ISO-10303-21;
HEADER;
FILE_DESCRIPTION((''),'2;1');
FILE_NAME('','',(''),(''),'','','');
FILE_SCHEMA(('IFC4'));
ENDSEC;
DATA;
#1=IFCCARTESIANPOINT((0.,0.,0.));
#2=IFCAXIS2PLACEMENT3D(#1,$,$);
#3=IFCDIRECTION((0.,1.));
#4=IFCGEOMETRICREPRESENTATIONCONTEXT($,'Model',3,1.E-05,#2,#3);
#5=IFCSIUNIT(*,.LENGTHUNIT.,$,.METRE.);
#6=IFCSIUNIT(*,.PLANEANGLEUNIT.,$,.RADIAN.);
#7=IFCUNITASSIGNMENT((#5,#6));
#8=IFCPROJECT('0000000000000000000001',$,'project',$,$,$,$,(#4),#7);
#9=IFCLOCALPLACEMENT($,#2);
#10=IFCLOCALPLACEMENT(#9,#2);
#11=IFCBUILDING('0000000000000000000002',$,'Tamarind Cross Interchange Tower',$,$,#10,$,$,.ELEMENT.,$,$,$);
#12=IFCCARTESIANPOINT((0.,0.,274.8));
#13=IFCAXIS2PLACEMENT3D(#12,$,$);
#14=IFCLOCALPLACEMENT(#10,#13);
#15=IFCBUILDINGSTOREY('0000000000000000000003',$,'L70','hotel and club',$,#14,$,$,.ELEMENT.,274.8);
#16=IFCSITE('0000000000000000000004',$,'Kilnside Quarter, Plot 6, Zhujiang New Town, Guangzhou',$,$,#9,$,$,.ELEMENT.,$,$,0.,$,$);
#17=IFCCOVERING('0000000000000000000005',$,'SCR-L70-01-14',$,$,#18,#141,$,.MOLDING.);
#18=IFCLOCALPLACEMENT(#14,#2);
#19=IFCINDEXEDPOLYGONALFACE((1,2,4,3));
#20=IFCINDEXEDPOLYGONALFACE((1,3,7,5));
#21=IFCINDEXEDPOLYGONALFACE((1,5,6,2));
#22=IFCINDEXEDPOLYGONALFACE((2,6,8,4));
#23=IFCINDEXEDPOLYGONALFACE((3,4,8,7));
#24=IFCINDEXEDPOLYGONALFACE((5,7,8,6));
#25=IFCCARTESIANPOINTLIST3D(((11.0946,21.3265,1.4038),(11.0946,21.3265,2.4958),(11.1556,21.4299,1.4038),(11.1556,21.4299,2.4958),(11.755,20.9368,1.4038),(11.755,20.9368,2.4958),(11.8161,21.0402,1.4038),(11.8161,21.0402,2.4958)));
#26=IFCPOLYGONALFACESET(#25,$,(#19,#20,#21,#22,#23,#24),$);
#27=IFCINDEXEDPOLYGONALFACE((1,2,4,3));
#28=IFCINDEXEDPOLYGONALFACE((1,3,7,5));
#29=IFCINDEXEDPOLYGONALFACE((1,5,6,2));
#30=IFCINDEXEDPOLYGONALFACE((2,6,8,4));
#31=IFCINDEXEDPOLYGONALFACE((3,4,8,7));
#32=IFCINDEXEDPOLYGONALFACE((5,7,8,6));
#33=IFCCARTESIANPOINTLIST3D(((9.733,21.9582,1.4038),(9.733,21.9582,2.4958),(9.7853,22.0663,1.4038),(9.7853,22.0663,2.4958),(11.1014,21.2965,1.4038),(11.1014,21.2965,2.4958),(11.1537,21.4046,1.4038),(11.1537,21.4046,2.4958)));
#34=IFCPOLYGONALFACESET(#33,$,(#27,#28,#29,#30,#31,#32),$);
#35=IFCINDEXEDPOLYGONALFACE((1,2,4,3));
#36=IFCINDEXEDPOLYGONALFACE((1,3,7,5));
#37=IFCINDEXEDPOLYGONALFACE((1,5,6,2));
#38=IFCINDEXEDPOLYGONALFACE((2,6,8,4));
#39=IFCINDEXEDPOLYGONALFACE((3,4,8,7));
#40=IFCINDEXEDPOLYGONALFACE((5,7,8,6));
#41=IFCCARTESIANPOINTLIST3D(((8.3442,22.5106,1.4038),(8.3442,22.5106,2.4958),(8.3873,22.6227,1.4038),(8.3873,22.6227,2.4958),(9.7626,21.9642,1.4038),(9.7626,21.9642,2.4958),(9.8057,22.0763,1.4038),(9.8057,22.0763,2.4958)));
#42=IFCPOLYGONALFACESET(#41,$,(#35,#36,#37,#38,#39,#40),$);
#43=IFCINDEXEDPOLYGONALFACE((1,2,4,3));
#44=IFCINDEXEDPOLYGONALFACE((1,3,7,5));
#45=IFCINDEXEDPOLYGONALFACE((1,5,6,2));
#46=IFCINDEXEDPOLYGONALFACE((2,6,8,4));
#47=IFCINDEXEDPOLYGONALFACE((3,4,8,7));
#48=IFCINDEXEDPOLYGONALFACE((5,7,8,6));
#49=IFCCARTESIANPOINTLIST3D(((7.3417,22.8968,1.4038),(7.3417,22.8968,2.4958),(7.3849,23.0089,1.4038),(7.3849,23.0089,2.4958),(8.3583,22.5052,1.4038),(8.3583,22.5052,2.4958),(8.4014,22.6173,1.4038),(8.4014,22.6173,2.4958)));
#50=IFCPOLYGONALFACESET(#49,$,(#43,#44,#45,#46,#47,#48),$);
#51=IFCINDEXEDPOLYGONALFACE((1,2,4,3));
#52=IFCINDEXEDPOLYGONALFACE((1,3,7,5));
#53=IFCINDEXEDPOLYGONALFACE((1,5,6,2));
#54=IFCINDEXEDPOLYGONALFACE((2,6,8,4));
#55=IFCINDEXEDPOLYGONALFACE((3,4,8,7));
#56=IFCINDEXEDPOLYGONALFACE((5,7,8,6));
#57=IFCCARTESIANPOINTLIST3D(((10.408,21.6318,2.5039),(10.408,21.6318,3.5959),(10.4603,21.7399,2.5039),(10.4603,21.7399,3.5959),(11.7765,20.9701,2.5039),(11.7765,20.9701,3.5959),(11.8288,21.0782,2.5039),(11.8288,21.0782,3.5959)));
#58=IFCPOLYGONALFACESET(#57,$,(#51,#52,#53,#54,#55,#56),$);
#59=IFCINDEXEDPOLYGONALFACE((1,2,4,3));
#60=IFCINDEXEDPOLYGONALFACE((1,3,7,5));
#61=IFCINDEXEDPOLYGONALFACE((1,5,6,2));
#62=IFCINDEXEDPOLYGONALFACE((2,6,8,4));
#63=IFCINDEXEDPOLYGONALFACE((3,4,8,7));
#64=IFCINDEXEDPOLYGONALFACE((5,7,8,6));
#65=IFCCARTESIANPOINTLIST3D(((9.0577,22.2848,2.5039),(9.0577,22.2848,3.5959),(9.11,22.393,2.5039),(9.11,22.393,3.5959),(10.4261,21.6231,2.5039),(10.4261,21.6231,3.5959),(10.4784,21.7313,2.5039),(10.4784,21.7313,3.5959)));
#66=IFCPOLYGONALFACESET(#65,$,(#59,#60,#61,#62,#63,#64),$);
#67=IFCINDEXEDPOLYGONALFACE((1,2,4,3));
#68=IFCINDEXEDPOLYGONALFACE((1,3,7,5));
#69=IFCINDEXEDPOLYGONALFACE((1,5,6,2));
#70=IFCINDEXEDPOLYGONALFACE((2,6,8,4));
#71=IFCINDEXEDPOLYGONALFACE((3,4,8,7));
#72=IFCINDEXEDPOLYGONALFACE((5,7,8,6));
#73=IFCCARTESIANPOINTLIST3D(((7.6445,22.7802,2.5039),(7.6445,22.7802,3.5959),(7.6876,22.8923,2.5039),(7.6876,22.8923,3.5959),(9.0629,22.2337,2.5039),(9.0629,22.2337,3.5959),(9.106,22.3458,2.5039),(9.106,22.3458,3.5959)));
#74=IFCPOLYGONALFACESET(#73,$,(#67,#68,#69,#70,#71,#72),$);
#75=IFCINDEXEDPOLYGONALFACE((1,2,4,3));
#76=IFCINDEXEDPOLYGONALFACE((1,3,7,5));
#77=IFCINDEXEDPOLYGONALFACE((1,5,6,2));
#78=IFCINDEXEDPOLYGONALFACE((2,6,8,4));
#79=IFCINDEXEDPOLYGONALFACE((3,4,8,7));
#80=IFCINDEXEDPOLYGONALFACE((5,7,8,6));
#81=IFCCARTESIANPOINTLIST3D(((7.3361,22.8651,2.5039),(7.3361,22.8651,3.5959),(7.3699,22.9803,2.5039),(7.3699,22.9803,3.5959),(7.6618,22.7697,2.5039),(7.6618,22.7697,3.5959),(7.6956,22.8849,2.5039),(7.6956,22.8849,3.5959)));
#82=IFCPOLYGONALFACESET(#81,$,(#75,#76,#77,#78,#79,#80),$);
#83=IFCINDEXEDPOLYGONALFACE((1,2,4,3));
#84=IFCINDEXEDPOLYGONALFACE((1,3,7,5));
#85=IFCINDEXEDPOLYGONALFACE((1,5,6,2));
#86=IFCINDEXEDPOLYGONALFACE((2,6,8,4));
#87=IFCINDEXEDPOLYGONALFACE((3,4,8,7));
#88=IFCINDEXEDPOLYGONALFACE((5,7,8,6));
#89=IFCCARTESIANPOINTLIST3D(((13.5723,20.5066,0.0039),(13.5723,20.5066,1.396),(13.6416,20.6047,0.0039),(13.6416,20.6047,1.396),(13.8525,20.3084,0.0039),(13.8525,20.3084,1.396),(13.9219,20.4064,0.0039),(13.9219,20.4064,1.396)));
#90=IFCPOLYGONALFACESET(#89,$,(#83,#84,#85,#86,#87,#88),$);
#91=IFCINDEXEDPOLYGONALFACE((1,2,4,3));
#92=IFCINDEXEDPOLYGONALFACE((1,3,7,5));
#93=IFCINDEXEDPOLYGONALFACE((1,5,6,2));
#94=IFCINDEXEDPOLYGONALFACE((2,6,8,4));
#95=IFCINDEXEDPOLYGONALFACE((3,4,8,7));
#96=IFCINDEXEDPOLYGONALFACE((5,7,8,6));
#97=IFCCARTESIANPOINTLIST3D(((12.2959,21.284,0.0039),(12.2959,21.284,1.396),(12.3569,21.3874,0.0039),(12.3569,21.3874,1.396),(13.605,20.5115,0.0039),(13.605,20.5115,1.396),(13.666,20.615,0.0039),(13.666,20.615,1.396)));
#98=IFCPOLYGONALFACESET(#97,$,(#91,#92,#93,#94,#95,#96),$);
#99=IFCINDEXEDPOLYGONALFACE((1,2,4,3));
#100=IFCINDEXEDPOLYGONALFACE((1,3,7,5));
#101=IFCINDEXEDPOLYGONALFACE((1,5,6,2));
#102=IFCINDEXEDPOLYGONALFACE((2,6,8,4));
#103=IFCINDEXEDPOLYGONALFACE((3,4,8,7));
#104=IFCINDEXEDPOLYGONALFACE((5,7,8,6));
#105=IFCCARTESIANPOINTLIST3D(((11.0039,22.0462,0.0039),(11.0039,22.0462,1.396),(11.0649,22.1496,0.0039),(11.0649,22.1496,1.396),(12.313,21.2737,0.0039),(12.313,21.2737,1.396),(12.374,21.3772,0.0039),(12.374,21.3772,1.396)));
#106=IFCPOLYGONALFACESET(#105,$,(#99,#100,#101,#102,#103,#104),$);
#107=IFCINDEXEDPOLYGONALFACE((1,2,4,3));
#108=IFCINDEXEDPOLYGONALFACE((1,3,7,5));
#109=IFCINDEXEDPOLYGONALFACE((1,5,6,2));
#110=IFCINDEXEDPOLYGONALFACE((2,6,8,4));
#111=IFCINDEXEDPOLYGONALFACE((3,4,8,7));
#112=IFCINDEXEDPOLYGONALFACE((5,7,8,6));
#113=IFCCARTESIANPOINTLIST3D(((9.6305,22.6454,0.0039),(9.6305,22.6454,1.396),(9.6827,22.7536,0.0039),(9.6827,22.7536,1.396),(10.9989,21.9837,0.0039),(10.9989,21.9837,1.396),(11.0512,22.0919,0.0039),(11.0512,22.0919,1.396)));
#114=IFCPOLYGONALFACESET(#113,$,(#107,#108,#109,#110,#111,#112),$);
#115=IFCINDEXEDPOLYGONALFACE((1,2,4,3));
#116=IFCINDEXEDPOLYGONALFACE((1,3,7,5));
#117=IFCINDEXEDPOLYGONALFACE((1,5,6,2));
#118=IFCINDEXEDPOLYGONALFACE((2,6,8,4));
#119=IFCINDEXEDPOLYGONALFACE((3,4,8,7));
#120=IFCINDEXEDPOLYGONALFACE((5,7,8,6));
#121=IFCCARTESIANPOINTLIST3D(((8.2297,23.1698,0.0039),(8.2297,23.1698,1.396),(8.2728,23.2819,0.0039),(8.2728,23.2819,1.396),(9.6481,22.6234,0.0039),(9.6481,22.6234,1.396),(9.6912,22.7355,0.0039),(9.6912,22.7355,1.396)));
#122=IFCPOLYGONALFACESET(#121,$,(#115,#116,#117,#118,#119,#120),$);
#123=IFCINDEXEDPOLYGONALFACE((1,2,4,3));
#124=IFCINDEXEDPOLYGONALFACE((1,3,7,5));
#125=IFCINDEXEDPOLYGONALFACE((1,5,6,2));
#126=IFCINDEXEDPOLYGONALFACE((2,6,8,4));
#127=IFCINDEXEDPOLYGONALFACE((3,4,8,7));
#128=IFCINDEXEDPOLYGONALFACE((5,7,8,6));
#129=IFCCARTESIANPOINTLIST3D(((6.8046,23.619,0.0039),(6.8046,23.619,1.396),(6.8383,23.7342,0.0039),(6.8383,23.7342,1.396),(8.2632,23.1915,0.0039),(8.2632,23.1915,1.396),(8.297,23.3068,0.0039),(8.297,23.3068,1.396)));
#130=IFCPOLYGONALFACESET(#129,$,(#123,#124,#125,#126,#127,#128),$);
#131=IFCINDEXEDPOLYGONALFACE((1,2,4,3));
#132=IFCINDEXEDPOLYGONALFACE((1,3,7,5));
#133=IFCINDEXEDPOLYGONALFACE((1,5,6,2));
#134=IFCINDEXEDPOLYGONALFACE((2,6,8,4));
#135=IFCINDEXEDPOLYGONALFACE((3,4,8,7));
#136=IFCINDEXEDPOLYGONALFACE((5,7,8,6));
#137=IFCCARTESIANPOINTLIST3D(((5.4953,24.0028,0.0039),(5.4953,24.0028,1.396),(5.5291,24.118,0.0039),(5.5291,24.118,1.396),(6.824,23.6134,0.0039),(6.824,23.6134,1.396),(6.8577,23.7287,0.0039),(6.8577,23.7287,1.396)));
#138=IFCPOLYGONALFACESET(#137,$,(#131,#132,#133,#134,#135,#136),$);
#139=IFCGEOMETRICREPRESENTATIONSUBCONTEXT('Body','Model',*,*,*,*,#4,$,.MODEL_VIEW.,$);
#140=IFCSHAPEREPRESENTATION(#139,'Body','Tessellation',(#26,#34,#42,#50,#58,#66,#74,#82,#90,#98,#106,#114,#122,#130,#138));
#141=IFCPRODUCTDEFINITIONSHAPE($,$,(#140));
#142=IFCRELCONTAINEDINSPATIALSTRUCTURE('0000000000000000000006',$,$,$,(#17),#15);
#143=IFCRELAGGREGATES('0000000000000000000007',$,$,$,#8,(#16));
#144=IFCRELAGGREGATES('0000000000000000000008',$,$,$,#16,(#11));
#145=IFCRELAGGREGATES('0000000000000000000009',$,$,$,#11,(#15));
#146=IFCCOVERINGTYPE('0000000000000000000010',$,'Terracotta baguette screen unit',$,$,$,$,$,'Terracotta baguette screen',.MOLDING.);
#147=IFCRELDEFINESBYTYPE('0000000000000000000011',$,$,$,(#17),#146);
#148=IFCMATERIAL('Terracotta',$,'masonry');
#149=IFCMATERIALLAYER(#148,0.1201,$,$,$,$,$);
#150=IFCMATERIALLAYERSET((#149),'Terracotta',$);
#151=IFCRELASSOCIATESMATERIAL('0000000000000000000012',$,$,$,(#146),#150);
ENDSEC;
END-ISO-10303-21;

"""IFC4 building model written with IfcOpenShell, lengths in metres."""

from ifc_helpers import new_model, si_unit, direction, frame, origin, origin_2d, place, context, subcontext, project, spatial, rectangle, extrude, material, layer, layer_set, type_object, element, save


model = new_model("IFC4")

# Units and contexts
model_context = context("Model", 3, precision=1e-05, world=origin(), true_north=direction((0.0, 1.0)))
body_context = subcontext(model_context, "Body", "Model", "MODEL_VIEW")
ifc_project = project(units=[si_unit("LENGTHUNIT", "METRE"), si_unit("PLANEANGLEUNIT", "RADIAN")], contexts=[model_context])

# Site, building, storey
site_placement = place(None, origin())
site = spatial("IfcSite", under=ifc_project, at=site_placement, Name="Kilnside Quarter, Plot 6, Zhujiang New Town, Guangzhou", CompositionType="ELEMENT", RefElevation=0.0)
building_placement = place(site_placement, origin())
building = spatial("IfcBuilding", under=site, at=building_placement, Name="Tamarind Cross Interchange Tower", CompositionType="ELEMENT")
storey_placement = place(building_placement, frame((0.0, 0.0, 274.8)))
storey = spatial("IfcBuildingStorey", under=building, at=storey_placement, Name="L70", Description="hotel and club", CompositionType="ELEMENT", Elevation=274.8)

# Covering
ifc_material_1 = material(Name="Terracotta", Category="masonry")
ifc_layer_1 = layer(ifc_material_1, 0.1201)
ifc_layer_set_1 = layer_set([ifc_layer_1], Name="Terracotta")
covering_type = type_object("IfcCoveringType", Name="Terracotta baguette screen unit", ElementType="Terracotta baguette screen", PredefinedType="MOLDING", material=ifc_layer_set_1)
covering_1_placement = place(storey_placement, origin())
element("IfcCovering", 1, at=covering_1_placement, inside=storey, type_object=covering_type, Name="SCR-L70-01-14", PredefinedType="MOLDING", context=body_context, shape_type="SweptSolid", body=[
    extrude(rectangle(XDim=0.7668, YDim=0.1201, at=origin_2d()), frame((11.4553, 21.1833, 1.4038), z_axis=(0.0, 0.0, 1.0), x_axis=(-0.861249, 0.508183, 0.0)), (0.0, 0.0, 1.0), 1.092),
    extrude(rectangle(XDim=1.52, YDim=0.1201, at=origin_2d()), frame((10.4434, 21.6814, 1.4038), z_axis=(0.0, 0.0, 1.0), x_axis=(-0.900273, 0.435326, 0.0)), (0.0, 0.0, 1.0), 1.092),
    extrude(rectangle(XDim=1.52, YDim=0.1201, at=origin_2d()), frame((9.075, 22.2935, 1.4038), z_axis=(0.0, 0.0, 1.0), x_axis=(-0.933147, 0.359495, 0.0)), (0.0, 0.0, 1.0), 1.092),
    extrude(rectangle(XDim=1.0894, YDim=0.1201, at=origin_2d()), frame((7.8716, 22.7571, 1.4038), z_axis=(0.0, 0.0, 1.0), x_axis=(-0.933147, 0.359495, 0.0)), (0.0, 0.0, 1.0), 1.092),
    extrude(rectangle(XDim=1.52, YDim=0.1201, at=origin_2d()), frame((11.1184, 21.355, 2.5039), z_axis=(0.0, 0.0, 1.0), x_axis=(-0.900273, 0.435326, 0.0)), (0.0, 0.0, 1.0), 1.092),
    extrude(rectangle(XDim=1.52, YDim=0.1201, at=origin_2d()), frame((9.7681, 22.0081, 2.5039), z_axis=(0.0, 0.0, 1.0), x_axis=(-0.900273, 0.435326, 0.0)), (0.0, 0.0, 1.0), 1.092),
    extrude(rectangle(XDim=1.52, YDim=0.1201, at=origin_2d()), frame((8.3752, 22.563, 2.5039), z_axis=(0.0, 0.0, 1.0), x_axis=(-0.933147, 0.359495, 0.0)), (0.0, 0.0, 1.0), 1.092),
    extrude(rectangle(XDim=0.3394, YDim=0.1201, at=origin_2d()), frame((7.5159, 22.875, 2.5039), z_axis=(0.0, 0.0, 1.0), x_axis=(-0.959647, 0.281209, 0.0)), (0.0, 0.0, 1.0), 1.092),
    extrude(rectangle(XDim=0.3433, YDim=0.1201, at=origin_2d()), frame((13.7471, 20.4565, 0.0039), z_axis=(0.0, 0.0, 1.0), x_axis=(-0.816342, 0.577569, 0.0)), (0.0, 0.0, 1.0), 1.3921),
    extrude(rectangle(XDim=1.52, YDim=0.1201, at=origin_2d()), frame((12.981, 20.9495, 0.0039), z_axis=(0.0, 0.0, 1.0), x_axis=(-0.861249, 0.508183, 0.0)), (0.0, 0.0, 1.0), 1.3921),
    extrude(rectangle(XDim=1.52, YDim=0.1201, at=origin_2d()), frame((11.689, 21.7117, 0.0039), z_axis=(0.0, 0.0, 1.0), x_axis=(-0.861249, 0.508183, 0.0)), (0.0, 0.0, 1.0), 1.3921),
    extrude(rectangle(XDim=1.52, YDim=0.1201, at=origin_2d()), frame((10.3408, 22.3687, 0.0039), z_axis=(0.0, 0.0, 1.0), x_axis=(-0.900273, 0.435326, 0.0)), (0.0, 0.0, 1.0), 1.3921),
    extrude(rectangle(XDim=1.52, YDim=0.1201, at=origin_2d()), frame((8.9604, 22.9526, 0.0039), z_axis=(0.0, 0.0, 1.0), x_axis=(-0.933147, 0.359495, 0.0)), (0.0, 0.0, 1.0), 1.3921),
    extrude(rectangle(XDim=1.52, YDim=0.1201, at=origin_2d()), frame((7.5508, 23.4629, 0.0039), z_axis=(0.0, 0.0, 1.0), x_axis=(-0.959647, 0.281209, 0.0)), (0.0, 0.0, 1.0), 1.3921),
    extrude(rectangle(XDim=1.3845, YDim=0.1201, at=origin_2d()), frame((6.1765, 23.8657, 0.0039), z_axis=(0.0, 0.0, 1.0), x_axis=(-0.959647, 0.281209, 0.0)), (0.0, 0.0, 1.0), 1.3921),
])

save(model, "model.ifc")
